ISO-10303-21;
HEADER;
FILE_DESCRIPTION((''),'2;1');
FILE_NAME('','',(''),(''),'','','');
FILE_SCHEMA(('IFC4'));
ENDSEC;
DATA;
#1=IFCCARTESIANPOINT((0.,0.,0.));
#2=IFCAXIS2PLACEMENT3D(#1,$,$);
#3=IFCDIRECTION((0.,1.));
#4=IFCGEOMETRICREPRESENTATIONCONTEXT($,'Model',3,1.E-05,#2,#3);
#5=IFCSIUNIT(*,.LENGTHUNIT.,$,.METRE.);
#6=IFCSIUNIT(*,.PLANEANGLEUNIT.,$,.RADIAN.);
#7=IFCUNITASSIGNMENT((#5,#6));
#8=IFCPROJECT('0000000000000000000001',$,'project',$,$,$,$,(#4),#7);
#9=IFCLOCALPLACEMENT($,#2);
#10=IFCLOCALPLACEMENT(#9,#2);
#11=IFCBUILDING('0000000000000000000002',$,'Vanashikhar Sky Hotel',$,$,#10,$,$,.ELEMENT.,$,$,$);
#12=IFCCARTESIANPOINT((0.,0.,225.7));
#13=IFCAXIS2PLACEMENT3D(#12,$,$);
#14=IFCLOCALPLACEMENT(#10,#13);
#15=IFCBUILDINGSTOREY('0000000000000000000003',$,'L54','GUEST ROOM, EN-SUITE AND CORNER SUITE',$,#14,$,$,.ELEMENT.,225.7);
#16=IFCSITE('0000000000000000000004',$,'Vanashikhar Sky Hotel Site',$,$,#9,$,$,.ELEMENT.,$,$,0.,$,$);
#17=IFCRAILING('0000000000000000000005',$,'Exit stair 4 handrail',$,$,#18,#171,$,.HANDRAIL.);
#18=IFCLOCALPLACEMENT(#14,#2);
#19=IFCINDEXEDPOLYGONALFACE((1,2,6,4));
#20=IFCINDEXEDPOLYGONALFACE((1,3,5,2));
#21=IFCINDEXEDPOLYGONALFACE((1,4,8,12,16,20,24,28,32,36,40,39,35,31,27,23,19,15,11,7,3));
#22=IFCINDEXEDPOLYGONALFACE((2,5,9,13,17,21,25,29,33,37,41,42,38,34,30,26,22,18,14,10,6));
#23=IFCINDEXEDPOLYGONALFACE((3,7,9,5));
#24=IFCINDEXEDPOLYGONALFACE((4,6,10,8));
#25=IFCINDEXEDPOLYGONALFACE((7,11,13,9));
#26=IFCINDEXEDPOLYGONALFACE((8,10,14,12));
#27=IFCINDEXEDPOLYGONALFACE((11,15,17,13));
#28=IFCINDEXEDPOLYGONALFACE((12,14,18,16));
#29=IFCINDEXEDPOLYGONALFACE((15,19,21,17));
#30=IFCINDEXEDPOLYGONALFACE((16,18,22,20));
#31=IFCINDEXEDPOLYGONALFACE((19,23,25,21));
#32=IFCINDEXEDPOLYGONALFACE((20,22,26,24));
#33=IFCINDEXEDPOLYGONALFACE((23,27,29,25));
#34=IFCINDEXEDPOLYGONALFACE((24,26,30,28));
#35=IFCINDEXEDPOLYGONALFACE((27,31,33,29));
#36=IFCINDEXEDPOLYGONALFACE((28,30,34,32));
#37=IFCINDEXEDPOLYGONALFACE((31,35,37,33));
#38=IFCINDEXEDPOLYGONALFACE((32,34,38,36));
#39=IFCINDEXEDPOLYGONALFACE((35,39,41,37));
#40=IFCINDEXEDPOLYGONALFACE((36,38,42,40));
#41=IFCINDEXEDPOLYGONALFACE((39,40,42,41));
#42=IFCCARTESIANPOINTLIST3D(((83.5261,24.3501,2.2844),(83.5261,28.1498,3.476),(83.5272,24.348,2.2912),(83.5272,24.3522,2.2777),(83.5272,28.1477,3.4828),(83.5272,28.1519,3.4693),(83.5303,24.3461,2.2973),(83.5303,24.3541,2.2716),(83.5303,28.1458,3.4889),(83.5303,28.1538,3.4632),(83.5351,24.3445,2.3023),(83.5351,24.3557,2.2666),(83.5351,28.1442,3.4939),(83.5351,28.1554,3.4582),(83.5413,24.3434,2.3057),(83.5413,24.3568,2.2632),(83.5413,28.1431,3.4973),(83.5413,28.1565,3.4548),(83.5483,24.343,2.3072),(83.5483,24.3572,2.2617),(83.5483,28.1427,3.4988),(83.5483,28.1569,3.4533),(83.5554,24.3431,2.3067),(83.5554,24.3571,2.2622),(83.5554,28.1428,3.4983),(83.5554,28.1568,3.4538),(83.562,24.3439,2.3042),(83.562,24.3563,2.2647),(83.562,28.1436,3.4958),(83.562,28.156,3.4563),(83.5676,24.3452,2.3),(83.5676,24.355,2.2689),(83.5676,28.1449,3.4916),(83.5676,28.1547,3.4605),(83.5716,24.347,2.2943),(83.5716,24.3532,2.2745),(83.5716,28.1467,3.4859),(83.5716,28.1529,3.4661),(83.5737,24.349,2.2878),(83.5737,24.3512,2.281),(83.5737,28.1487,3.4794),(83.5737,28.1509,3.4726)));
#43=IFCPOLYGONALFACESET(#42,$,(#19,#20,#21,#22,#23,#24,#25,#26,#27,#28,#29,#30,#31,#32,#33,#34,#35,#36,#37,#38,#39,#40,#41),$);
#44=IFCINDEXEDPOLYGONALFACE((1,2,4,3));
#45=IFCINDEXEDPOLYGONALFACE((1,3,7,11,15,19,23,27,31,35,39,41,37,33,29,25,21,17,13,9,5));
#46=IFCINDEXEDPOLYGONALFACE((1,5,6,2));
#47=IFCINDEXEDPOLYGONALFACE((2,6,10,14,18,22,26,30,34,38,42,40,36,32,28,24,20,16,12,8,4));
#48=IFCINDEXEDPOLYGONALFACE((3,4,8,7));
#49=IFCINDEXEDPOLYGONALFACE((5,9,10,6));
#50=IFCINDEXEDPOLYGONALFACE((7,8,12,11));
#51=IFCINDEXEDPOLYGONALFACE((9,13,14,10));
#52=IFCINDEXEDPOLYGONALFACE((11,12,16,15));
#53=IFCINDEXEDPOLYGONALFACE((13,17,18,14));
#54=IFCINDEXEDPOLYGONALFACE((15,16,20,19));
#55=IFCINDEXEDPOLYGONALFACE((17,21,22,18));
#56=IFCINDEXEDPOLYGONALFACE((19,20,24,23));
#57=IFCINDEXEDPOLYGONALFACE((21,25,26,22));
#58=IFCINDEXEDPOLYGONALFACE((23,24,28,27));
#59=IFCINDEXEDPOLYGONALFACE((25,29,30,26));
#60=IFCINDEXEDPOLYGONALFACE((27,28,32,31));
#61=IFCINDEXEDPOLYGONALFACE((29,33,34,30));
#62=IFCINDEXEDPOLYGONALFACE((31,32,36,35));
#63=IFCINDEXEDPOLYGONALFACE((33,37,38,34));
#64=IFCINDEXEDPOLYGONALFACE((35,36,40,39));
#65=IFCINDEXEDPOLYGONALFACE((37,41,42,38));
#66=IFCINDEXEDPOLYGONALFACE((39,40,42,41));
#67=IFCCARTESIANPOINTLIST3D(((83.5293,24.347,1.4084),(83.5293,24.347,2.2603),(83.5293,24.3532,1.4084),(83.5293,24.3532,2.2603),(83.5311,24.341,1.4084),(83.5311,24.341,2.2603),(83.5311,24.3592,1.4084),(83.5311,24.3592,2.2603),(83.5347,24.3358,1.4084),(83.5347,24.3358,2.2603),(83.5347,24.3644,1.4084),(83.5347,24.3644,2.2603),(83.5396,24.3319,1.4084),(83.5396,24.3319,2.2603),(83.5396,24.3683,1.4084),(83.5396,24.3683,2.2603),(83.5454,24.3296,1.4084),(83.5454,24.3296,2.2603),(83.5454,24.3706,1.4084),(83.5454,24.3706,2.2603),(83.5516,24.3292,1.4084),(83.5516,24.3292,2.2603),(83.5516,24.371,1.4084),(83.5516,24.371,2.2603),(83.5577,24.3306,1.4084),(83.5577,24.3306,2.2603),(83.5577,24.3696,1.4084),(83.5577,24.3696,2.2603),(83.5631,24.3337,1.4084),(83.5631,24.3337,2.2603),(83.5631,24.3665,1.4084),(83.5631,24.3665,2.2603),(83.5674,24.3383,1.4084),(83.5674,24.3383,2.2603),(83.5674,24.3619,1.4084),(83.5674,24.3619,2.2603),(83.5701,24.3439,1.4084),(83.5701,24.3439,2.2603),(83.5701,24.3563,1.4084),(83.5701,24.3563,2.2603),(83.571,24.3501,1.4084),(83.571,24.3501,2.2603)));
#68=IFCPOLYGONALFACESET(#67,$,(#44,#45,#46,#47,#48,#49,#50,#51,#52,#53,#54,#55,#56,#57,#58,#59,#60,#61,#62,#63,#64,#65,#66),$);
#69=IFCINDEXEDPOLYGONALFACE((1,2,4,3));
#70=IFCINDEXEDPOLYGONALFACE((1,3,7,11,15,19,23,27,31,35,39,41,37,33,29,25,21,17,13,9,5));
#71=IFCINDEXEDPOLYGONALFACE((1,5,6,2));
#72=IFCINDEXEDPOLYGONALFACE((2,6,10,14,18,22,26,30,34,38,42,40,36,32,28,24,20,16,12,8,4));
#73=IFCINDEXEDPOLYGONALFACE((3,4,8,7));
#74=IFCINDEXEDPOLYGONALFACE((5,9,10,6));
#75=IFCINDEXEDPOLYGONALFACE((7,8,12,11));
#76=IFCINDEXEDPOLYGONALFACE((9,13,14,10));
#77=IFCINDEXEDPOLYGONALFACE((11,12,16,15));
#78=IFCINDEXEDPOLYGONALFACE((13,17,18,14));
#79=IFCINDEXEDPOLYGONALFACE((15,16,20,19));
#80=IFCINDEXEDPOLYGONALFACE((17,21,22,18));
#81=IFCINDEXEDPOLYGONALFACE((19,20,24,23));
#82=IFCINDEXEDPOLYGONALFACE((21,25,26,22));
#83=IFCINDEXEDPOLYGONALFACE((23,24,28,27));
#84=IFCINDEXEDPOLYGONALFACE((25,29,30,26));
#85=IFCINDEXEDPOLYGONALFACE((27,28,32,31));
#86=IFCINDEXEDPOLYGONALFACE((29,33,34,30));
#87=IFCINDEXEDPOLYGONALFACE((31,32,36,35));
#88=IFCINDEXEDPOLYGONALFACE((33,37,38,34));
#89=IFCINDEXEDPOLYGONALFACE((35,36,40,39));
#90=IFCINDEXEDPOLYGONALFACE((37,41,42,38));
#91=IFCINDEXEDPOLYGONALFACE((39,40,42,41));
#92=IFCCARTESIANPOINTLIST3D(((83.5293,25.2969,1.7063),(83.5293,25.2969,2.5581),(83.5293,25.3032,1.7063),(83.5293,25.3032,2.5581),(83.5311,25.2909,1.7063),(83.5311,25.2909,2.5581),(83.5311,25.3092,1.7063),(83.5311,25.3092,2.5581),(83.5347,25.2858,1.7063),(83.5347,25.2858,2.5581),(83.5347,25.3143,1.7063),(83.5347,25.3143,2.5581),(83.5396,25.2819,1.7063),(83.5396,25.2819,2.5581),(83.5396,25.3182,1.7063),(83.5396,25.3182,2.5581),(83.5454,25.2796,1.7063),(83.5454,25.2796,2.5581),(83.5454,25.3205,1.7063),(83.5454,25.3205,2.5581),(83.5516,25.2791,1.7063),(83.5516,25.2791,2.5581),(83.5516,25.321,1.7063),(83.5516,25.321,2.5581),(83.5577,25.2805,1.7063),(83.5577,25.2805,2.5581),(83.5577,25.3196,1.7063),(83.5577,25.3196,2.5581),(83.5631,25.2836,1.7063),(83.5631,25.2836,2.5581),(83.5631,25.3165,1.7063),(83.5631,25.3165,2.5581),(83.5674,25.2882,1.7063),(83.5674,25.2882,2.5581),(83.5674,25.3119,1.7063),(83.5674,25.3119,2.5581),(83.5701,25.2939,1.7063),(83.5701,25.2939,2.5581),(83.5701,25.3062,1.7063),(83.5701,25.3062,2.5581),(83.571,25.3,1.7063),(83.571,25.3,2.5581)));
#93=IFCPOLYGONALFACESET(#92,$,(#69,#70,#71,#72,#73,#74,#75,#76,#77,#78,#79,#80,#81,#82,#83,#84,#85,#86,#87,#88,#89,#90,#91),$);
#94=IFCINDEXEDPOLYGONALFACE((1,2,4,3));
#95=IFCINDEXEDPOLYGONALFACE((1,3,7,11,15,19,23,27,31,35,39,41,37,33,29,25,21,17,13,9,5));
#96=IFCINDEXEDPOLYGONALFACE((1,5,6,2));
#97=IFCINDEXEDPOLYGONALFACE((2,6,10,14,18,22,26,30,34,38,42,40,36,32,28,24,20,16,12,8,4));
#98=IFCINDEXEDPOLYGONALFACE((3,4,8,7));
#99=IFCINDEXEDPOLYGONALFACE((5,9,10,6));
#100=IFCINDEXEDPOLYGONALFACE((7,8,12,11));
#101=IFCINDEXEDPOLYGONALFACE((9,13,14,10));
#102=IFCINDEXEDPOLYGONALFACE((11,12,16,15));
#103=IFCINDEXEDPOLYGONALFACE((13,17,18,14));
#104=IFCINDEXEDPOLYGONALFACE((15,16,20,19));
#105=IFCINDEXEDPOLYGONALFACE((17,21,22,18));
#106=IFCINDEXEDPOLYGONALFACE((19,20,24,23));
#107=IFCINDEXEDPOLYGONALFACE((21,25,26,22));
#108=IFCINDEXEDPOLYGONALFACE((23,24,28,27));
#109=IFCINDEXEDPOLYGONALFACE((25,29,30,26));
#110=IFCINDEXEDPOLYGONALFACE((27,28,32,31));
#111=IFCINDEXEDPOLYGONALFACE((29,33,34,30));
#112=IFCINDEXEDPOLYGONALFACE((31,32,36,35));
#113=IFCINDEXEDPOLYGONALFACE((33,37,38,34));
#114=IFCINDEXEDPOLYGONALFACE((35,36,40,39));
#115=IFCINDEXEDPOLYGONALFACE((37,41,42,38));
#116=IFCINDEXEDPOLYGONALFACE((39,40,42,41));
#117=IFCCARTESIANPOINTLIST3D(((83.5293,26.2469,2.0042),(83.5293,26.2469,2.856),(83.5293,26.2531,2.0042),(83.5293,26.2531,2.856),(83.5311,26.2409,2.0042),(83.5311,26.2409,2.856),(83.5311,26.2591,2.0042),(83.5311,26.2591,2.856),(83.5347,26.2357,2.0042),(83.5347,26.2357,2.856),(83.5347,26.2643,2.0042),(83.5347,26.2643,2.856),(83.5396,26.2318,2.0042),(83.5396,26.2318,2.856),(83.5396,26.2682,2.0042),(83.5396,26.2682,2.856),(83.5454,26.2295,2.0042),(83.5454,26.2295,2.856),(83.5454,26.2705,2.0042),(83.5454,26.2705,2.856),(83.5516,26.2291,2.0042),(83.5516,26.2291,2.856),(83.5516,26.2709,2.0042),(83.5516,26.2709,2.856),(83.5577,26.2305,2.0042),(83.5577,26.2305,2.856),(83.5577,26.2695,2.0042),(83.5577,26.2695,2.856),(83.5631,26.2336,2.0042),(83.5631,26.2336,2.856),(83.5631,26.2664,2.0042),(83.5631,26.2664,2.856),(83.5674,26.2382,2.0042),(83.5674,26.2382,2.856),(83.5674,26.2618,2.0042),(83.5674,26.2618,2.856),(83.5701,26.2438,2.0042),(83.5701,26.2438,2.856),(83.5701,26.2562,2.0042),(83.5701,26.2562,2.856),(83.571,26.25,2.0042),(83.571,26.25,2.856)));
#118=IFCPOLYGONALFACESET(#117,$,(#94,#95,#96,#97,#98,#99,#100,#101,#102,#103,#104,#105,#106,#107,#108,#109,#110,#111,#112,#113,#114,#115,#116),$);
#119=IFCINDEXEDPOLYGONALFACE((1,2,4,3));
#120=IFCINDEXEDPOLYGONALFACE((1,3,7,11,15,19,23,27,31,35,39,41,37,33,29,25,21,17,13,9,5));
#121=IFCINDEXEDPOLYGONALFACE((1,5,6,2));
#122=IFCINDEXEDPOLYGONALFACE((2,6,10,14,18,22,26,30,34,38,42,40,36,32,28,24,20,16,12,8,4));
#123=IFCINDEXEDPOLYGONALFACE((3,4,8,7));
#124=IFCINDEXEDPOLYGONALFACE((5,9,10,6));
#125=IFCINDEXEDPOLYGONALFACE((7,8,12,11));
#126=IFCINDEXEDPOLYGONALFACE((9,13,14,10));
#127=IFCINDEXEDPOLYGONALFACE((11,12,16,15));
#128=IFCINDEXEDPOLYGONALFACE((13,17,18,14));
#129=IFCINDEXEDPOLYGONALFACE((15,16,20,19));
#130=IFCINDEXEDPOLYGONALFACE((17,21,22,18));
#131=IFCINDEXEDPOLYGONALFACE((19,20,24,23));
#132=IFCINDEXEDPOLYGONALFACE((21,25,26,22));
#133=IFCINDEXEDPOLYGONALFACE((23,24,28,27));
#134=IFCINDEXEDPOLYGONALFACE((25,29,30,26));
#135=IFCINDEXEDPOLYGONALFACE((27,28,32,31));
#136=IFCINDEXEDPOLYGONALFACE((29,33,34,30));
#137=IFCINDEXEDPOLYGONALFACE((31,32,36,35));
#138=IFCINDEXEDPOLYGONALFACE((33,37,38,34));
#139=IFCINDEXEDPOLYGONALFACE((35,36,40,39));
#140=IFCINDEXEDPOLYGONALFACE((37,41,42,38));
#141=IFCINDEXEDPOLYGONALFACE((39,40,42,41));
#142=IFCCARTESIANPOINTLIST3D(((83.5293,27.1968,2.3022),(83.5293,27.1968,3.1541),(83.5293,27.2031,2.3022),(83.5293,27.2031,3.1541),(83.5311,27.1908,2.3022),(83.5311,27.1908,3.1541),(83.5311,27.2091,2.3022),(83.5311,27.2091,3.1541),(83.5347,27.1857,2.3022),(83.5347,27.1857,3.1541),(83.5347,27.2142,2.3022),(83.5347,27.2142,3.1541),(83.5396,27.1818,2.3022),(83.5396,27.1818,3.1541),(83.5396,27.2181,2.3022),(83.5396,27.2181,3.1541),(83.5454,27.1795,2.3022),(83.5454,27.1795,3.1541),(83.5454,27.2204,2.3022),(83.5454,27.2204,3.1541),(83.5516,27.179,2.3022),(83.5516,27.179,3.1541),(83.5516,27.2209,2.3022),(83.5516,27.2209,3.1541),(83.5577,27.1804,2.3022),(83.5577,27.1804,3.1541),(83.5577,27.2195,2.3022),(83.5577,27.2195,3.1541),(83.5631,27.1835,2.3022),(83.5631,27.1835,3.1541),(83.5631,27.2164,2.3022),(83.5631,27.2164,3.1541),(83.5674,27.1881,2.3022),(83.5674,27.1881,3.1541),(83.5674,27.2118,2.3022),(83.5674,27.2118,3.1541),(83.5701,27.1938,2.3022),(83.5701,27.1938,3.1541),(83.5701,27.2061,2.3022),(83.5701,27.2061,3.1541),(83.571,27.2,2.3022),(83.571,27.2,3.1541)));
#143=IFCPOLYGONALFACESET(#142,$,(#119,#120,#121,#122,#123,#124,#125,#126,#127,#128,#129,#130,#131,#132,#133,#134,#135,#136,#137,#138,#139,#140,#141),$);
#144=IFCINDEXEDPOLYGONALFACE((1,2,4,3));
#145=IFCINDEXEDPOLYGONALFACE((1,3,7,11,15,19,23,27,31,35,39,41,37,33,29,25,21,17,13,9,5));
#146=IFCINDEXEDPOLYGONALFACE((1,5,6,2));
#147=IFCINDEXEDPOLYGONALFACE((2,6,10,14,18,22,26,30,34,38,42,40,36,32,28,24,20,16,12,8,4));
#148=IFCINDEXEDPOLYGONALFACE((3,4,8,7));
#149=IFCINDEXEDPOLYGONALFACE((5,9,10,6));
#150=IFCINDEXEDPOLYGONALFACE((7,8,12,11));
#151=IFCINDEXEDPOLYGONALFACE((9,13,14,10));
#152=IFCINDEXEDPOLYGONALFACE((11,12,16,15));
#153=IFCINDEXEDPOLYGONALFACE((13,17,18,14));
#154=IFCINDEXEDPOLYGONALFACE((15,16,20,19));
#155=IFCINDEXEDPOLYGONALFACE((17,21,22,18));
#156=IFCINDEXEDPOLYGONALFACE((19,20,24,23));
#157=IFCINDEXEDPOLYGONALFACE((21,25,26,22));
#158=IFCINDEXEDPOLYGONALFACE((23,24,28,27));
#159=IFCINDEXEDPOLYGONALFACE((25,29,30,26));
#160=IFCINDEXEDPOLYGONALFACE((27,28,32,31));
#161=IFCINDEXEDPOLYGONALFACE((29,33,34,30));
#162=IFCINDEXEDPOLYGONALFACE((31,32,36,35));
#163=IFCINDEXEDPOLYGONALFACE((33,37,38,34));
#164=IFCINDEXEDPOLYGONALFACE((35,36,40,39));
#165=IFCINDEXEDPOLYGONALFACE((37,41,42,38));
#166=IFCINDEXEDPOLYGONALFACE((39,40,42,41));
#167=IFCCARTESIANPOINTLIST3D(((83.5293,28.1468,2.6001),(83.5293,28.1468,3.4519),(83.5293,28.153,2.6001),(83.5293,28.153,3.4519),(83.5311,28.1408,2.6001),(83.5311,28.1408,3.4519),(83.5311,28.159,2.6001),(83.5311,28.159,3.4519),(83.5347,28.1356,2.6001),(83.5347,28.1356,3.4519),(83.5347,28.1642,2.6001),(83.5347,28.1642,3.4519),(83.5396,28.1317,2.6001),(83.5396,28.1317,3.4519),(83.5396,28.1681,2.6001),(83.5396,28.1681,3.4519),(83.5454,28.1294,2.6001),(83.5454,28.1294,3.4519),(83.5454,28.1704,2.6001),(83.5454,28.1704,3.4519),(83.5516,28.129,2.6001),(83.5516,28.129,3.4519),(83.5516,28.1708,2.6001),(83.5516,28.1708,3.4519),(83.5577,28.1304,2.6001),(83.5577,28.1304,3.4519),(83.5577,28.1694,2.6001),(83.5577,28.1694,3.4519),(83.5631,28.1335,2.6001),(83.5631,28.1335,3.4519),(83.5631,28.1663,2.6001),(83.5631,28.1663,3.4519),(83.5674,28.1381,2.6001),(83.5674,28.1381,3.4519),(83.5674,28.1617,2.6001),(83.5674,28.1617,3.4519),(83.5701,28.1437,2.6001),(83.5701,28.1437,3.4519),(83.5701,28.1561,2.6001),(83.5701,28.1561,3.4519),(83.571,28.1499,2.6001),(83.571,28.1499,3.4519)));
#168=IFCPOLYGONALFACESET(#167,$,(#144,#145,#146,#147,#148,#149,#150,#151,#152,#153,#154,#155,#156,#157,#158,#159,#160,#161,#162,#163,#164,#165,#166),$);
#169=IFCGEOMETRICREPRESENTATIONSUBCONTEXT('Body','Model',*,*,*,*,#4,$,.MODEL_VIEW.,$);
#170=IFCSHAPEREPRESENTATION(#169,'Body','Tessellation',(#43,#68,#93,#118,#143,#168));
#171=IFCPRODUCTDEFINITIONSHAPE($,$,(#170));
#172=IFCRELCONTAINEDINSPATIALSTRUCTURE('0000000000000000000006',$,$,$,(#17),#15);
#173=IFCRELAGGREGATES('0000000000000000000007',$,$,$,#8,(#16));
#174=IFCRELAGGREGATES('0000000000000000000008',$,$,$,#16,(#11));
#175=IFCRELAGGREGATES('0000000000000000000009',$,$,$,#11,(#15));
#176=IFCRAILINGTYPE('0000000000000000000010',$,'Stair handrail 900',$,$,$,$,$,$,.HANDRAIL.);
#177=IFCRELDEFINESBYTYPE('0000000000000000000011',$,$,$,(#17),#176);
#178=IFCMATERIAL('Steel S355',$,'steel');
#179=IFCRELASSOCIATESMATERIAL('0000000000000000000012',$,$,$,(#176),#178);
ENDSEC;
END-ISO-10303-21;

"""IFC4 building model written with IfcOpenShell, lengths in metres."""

from ifc_helpers import new_model, si_unit, direction, frame, origin, origin_2d, place, context, subcontext, project, spatial, circle, extrude, source, transform, mapped, material, type_object, element, save


model = new_model("IFC4")

# Units and contexts
model_context = context("Model", 3, precision=1e-05, world=origin(), true_north=direction((0.0, 1.0)))
body_context = subcontext(model_context, "Body", "Model", "MODEL_VIEW")
ifc_project = project(units=[si_unit("LENGTHUNIT", "METRE"), si_unit("PLANEANGLEUNIT", "RADIAN")], contexts=[model_context])

# Site, building, storey
site_placement = place(None, origin())
site = spatial("IfcSite", under=ifc_project, at=site_placement, Name="Vanashikhar Sky Hotel Site", CompositionType="ELEMENT", RefElevation=0.0)
building_placement = place(site_placement, origin())
building = spatial("IfcBuilding", under=site, at=building_placement, Name="Vanashikhar Sky Hotel", CompositionType="ELEMENT")
storey_placement = place(building_placement, frame((0.0, 0.0, 225.7)))
storey = spatial("IfcBuildingStorey", under=building, at=storey_placement, Name="L54", Description="GUEST ROOM, EN-SUITE AND CORNER SUITE", CompositionType="ELEMENT", Elevation=225.7)

# Railing
ifc_material_1 = material(Name="Steel S355", Category="steel")
railing_type = type_object("IfcRailingType", Name="Stair handrail 900", PredefinedType="HANDRAIL", material=ifc_material_1)
shared_shape_1 = source(origin(), body_context, "Body", "SweptSolid", [
    extrude(circle(Radius=0.0239, at=origin_2d()), frame((0.0, 0.0, 0.876), z_axis=(0.0, 0.954178, 0.299238), x_axis=(-1.0, 0.0, 0.0)), (0.0, 0.0, 1.0), 3.9822),
    extrude(circle(Radius=0.021, at=origin_2d()), origin(), (0.0, 0.0, 1.0), 0.8518),
    extrude(circle(Radius=0.021, at=origin_2d()), frame((0.0, 0.95, 0.2979)), (0.0, 0.0, 1.0), 0.8518),
    extrude(circle(Radius=0.021, at=origin_2d()), frame((0.0, 1.8999, 0.5957)), (0.0, 0.0, 1.0), 0.8518),
    extrude(circle(Radius=0.021, at=origin_2d()), frame((0.0, 2.8499, 0.8938)), (0.0, 0.0, 1.0), 0.8518),
    extrude(circle(Radius=0.021, at=origin_2d()), frame((0.0, 3.7998, 1.1917)), (0.0, 0.0, 1.0), 0.8518),
])
railing_1_placement = place(storey_placement, frame((83.55, 24.3501, 1.4084)))
element("IfcRailing", 1, at=railing_1_placement, inside=storey, type_object=railing_type, Name="Exit stair 4 handrail", PredefinedType="HANDRAIL", context=body_context, shape_type="MappedRepresentation", body=[
    mapped(shared_shape_1, transform((0.0, 0.0, 0.0), scale=1.0)),
])

save(model, "model.ifc")
